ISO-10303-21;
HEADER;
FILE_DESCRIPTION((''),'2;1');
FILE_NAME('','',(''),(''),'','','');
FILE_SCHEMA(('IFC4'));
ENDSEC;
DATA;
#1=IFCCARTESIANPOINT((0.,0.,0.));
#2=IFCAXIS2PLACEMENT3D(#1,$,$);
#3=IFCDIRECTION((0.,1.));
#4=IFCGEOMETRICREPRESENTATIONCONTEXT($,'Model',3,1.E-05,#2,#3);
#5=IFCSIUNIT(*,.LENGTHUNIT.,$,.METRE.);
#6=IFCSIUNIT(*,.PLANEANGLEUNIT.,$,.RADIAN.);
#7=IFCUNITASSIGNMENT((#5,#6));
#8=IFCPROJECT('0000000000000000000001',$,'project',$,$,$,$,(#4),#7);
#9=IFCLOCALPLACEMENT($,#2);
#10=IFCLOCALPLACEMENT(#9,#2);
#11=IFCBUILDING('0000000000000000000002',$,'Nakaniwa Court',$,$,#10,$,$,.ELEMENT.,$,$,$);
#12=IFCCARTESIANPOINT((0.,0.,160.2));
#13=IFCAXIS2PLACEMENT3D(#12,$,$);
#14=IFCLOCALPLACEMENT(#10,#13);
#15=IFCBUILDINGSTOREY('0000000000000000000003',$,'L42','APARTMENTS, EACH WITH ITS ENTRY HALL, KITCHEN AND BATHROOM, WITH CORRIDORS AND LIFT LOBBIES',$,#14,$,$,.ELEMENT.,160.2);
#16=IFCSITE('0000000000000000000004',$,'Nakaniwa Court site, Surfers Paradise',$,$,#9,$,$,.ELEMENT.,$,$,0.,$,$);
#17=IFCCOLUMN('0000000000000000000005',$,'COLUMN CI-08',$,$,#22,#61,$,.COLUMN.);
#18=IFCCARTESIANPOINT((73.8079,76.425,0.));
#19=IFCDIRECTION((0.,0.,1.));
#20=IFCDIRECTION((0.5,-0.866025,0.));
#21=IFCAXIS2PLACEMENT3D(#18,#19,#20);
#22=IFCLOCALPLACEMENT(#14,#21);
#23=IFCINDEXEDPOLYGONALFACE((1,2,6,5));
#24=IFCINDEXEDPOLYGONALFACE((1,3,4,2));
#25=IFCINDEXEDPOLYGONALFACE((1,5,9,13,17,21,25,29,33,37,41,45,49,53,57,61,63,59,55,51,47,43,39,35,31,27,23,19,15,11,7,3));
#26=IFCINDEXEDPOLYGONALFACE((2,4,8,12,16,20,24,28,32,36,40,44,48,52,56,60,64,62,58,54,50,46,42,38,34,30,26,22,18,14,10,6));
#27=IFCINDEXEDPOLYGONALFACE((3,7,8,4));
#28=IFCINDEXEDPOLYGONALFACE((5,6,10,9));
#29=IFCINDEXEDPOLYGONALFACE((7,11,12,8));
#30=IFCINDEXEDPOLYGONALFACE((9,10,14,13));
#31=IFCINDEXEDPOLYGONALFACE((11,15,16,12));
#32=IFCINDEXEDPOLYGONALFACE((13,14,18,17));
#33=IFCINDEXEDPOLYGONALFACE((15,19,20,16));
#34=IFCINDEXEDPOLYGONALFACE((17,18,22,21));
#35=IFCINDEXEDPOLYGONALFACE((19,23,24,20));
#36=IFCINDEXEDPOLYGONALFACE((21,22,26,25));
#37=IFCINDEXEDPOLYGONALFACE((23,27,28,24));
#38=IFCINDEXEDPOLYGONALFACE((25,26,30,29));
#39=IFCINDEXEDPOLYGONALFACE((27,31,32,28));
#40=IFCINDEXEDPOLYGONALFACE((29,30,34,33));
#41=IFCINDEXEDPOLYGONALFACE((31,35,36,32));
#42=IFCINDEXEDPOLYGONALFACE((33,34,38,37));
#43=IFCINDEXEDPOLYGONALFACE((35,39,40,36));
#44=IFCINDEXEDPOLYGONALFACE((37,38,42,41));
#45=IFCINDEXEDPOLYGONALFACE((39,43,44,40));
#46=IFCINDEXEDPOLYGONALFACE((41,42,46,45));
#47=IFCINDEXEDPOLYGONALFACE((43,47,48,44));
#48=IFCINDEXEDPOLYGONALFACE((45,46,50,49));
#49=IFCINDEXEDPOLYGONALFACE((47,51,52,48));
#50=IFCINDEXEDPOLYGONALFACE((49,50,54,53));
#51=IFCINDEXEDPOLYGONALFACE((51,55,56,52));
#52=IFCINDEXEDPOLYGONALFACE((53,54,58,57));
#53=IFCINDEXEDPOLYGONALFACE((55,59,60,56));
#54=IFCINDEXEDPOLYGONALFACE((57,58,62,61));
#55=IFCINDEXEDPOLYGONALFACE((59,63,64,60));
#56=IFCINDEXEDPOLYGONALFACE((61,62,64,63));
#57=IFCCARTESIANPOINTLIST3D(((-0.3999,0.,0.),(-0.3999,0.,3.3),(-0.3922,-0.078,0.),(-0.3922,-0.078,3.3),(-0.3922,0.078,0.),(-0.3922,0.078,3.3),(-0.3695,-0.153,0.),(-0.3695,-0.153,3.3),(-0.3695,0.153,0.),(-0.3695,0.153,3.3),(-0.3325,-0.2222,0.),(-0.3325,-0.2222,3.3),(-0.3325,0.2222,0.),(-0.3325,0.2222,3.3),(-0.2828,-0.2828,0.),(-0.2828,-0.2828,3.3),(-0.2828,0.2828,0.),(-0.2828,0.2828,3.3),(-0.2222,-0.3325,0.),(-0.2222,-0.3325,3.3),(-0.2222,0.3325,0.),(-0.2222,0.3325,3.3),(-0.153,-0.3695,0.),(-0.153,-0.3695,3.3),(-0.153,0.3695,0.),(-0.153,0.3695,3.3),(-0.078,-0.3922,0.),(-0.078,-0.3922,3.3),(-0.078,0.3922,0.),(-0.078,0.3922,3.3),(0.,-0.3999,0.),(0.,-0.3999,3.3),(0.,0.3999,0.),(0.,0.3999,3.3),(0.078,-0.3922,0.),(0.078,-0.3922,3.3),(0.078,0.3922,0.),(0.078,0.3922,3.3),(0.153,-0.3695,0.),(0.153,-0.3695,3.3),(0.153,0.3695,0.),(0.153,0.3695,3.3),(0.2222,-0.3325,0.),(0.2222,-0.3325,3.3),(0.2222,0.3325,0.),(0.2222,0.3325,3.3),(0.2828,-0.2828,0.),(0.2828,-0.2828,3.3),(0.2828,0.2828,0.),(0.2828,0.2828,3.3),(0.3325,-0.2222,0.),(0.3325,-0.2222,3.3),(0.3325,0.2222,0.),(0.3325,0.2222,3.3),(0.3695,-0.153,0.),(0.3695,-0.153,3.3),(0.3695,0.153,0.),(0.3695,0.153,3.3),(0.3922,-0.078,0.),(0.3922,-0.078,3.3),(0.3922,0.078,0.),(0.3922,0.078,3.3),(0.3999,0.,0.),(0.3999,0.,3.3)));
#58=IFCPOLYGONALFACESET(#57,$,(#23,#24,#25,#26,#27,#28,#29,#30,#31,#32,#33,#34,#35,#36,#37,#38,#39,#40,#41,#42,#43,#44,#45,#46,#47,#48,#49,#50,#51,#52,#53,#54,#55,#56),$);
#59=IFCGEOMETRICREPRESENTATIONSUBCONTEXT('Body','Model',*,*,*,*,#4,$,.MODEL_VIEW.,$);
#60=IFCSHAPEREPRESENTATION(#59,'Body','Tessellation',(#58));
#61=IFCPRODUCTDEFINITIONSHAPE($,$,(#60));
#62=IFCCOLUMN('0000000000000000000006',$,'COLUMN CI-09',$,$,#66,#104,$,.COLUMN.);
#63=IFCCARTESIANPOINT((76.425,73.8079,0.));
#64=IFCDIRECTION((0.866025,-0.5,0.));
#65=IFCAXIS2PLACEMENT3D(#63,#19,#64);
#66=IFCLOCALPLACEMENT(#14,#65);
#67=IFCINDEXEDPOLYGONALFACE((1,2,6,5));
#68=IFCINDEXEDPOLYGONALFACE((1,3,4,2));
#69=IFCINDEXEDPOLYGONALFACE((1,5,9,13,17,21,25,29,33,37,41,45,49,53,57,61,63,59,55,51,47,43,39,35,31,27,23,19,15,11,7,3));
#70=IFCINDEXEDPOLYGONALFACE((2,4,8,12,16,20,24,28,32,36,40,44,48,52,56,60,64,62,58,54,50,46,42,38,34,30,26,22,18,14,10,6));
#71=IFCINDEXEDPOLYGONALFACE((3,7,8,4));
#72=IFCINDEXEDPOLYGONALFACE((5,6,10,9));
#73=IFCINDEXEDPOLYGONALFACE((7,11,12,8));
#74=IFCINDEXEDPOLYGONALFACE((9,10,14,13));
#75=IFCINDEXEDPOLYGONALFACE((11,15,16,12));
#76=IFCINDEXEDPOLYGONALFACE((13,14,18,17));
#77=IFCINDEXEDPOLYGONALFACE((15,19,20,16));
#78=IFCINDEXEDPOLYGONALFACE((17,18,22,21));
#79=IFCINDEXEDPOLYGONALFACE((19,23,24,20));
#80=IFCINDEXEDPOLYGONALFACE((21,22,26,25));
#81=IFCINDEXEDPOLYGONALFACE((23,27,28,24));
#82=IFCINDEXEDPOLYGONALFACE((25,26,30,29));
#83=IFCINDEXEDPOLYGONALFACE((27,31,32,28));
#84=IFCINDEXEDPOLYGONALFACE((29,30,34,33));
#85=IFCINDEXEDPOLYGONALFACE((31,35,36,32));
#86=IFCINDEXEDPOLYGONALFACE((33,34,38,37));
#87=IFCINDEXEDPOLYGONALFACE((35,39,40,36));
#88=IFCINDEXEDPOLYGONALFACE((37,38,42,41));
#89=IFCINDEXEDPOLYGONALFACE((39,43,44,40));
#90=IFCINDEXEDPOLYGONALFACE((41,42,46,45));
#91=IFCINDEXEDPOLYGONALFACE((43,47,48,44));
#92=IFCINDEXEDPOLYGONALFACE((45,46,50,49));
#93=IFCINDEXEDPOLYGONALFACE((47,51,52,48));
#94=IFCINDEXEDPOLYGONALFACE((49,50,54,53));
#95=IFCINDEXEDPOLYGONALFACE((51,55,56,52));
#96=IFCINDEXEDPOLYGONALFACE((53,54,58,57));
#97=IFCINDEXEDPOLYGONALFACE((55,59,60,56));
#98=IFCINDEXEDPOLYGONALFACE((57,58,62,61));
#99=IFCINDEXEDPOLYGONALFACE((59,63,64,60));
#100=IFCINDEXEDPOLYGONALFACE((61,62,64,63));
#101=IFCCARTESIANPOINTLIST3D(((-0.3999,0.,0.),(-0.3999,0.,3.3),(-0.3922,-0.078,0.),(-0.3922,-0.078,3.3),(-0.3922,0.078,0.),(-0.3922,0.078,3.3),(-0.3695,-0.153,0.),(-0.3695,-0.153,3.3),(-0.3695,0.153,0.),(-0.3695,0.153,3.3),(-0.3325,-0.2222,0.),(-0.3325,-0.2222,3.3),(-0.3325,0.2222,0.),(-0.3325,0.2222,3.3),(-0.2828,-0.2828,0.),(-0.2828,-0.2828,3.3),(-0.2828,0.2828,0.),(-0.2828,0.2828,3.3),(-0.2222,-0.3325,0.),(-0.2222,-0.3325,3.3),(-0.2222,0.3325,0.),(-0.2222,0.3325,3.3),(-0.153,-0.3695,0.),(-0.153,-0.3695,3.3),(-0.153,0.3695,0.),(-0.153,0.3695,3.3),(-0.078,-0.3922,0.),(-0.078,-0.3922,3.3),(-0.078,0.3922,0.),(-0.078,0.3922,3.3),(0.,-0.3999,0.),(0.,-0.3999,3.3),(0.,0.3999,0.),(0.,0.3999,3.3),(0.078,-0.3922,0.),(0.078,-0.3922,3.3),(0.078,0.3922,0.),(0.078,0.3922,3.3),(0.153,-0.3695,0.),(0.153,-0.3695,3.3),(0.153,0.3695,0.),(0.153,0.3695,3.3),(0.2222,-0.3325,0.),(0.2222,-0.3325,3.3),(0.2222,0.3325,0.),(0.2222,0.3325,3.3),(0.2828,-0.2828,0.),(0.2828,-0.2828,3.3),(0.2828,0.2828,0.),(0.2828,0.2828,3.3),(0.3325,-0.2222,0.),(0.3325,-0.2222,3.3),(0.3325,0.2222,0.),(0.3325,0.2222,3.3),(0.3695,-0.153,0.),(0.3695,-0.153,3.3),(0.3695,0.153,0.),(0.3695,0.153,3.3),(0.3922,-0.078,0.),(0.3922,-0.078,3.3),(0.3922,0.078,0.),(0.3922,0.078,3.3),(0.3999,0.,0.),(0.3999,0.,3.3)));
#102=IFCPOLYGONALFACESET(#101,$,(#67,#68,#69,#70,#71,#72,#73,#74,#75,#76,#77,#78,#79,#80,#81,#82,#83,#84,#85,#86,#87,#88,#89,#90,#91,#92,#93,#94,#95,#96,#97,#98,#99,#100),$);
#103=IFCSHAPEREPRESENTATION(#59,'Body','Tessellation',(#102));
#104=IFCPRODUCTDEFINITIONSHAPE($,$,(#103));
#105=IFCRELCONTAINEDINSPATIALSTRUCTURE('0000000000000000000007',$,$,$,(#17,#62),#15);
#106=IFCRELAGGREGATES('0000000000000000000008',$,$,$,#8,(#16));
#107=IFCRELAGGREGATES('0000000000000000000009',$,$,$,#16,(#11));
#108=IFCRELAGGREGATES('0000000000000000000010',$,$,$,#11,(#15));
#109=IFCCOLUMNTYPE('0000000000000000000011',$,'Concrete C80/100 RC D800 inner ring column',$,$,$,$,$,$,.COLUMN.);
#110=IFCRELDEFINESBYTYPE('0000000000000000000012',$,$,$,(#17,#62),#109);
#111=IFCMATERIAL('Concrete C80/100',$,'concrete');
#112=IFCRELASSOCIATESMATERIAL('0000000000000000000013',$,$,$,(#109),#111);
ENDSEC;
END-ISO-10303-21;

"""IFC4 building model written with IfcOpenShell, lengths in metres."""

from ifc_helpers import new_model, si_unit, direction, frame, origin, origin_2d, place, context, subcontext, project, spatial, circle, extrude, material, material_profile, profile_set, type_object, element, save


model = new_model("IFC4")

# Units and contexts
model_context = context("Model", 3, precision=1e-05, world=origin(), true_north=direction((0.0, 1.0)))
body_context = subcontext(model_context, "Body", "Model", "MODEL_VIEW")
ifc_project = project(units=[si_unit("LENGTHUNIT", "METRE"), si_unit("PLANEANGLEUNIT", "RADIAN")], contexts=[model_context])

# Site, building, storey
site_placement = place(None, origin())
site = spatial("IfcSite", under=ifc_project, at=site_placement, Name="Nakaniwa Court site, Surfers Paradise", CompositionType="ELEMENT", RefElevation=0.0)
building_placement = place(site_placement, origin())
building = spatial("IfcBuilding", under=site, at=building_placement, Name="Nakaniwa Court", CompositionType="ELEMENT")
storey_placement = place(building_placement, frame((0.0, 0.0, 160.2)))
storey = spatial("IfcBuildingStorey", under=building, at=storey_placement, Name="L42", Description="APARTMENTS, EACH WITH ITS ENTRY HALL, KITCHEN AND BATHROOM, WITH CORRIDORS AND LIFT LOBBIES", CompositionType="ELEMENT", Elevation=160.2)

# Columns
ifc_material_1 = material(Name="Concrete C80/100", Category="concrete")
ifc_material_profile_1 = material_profile(ifc_material_1, circle(Radius=0.3999, at=origin_2d()), Name="Concrete C80/100 RC D800 inner ring column")
ifc_profile_set_1 = profile_set([ifc_material_profile_1], Name="Concrete C80/100")
column_type_1 = type_object("IfcColumnType", Name="Concrete C80/100 RC D800 inner ring column", PredefinedType="COLUMN", material=ifc_profile_set_1)
for number, where, z_axis, x_axis, name in (
    (1, (73.8079, 76.425, 0.0), (0.0, 0.0, 1.0), (0.5, -0.866025, 0.0), "COLUMN CI-08"),
    (2, (76.425, 73.8079, 0.0), (0.0, 0.0, 1.0), (0.866025, -0.5, 0.0), "COLUMN CI-09"),
):
    element("IfcColumn", number, at=place(storey_placement, frame(where, z_axis=z_axis, x_axis=x_axis)), inside=storey, type_object=column_type_1, Name=name, PredefinedType="COLUMN", context=body_context, shape_type="SweptSolid", body=[
        extrude(circle(Radius=0.3999, at=origin_2d()), origin(), (0.0, 0.0, 1.0), 3.3),
    ])

save(model, "model.ifc")
